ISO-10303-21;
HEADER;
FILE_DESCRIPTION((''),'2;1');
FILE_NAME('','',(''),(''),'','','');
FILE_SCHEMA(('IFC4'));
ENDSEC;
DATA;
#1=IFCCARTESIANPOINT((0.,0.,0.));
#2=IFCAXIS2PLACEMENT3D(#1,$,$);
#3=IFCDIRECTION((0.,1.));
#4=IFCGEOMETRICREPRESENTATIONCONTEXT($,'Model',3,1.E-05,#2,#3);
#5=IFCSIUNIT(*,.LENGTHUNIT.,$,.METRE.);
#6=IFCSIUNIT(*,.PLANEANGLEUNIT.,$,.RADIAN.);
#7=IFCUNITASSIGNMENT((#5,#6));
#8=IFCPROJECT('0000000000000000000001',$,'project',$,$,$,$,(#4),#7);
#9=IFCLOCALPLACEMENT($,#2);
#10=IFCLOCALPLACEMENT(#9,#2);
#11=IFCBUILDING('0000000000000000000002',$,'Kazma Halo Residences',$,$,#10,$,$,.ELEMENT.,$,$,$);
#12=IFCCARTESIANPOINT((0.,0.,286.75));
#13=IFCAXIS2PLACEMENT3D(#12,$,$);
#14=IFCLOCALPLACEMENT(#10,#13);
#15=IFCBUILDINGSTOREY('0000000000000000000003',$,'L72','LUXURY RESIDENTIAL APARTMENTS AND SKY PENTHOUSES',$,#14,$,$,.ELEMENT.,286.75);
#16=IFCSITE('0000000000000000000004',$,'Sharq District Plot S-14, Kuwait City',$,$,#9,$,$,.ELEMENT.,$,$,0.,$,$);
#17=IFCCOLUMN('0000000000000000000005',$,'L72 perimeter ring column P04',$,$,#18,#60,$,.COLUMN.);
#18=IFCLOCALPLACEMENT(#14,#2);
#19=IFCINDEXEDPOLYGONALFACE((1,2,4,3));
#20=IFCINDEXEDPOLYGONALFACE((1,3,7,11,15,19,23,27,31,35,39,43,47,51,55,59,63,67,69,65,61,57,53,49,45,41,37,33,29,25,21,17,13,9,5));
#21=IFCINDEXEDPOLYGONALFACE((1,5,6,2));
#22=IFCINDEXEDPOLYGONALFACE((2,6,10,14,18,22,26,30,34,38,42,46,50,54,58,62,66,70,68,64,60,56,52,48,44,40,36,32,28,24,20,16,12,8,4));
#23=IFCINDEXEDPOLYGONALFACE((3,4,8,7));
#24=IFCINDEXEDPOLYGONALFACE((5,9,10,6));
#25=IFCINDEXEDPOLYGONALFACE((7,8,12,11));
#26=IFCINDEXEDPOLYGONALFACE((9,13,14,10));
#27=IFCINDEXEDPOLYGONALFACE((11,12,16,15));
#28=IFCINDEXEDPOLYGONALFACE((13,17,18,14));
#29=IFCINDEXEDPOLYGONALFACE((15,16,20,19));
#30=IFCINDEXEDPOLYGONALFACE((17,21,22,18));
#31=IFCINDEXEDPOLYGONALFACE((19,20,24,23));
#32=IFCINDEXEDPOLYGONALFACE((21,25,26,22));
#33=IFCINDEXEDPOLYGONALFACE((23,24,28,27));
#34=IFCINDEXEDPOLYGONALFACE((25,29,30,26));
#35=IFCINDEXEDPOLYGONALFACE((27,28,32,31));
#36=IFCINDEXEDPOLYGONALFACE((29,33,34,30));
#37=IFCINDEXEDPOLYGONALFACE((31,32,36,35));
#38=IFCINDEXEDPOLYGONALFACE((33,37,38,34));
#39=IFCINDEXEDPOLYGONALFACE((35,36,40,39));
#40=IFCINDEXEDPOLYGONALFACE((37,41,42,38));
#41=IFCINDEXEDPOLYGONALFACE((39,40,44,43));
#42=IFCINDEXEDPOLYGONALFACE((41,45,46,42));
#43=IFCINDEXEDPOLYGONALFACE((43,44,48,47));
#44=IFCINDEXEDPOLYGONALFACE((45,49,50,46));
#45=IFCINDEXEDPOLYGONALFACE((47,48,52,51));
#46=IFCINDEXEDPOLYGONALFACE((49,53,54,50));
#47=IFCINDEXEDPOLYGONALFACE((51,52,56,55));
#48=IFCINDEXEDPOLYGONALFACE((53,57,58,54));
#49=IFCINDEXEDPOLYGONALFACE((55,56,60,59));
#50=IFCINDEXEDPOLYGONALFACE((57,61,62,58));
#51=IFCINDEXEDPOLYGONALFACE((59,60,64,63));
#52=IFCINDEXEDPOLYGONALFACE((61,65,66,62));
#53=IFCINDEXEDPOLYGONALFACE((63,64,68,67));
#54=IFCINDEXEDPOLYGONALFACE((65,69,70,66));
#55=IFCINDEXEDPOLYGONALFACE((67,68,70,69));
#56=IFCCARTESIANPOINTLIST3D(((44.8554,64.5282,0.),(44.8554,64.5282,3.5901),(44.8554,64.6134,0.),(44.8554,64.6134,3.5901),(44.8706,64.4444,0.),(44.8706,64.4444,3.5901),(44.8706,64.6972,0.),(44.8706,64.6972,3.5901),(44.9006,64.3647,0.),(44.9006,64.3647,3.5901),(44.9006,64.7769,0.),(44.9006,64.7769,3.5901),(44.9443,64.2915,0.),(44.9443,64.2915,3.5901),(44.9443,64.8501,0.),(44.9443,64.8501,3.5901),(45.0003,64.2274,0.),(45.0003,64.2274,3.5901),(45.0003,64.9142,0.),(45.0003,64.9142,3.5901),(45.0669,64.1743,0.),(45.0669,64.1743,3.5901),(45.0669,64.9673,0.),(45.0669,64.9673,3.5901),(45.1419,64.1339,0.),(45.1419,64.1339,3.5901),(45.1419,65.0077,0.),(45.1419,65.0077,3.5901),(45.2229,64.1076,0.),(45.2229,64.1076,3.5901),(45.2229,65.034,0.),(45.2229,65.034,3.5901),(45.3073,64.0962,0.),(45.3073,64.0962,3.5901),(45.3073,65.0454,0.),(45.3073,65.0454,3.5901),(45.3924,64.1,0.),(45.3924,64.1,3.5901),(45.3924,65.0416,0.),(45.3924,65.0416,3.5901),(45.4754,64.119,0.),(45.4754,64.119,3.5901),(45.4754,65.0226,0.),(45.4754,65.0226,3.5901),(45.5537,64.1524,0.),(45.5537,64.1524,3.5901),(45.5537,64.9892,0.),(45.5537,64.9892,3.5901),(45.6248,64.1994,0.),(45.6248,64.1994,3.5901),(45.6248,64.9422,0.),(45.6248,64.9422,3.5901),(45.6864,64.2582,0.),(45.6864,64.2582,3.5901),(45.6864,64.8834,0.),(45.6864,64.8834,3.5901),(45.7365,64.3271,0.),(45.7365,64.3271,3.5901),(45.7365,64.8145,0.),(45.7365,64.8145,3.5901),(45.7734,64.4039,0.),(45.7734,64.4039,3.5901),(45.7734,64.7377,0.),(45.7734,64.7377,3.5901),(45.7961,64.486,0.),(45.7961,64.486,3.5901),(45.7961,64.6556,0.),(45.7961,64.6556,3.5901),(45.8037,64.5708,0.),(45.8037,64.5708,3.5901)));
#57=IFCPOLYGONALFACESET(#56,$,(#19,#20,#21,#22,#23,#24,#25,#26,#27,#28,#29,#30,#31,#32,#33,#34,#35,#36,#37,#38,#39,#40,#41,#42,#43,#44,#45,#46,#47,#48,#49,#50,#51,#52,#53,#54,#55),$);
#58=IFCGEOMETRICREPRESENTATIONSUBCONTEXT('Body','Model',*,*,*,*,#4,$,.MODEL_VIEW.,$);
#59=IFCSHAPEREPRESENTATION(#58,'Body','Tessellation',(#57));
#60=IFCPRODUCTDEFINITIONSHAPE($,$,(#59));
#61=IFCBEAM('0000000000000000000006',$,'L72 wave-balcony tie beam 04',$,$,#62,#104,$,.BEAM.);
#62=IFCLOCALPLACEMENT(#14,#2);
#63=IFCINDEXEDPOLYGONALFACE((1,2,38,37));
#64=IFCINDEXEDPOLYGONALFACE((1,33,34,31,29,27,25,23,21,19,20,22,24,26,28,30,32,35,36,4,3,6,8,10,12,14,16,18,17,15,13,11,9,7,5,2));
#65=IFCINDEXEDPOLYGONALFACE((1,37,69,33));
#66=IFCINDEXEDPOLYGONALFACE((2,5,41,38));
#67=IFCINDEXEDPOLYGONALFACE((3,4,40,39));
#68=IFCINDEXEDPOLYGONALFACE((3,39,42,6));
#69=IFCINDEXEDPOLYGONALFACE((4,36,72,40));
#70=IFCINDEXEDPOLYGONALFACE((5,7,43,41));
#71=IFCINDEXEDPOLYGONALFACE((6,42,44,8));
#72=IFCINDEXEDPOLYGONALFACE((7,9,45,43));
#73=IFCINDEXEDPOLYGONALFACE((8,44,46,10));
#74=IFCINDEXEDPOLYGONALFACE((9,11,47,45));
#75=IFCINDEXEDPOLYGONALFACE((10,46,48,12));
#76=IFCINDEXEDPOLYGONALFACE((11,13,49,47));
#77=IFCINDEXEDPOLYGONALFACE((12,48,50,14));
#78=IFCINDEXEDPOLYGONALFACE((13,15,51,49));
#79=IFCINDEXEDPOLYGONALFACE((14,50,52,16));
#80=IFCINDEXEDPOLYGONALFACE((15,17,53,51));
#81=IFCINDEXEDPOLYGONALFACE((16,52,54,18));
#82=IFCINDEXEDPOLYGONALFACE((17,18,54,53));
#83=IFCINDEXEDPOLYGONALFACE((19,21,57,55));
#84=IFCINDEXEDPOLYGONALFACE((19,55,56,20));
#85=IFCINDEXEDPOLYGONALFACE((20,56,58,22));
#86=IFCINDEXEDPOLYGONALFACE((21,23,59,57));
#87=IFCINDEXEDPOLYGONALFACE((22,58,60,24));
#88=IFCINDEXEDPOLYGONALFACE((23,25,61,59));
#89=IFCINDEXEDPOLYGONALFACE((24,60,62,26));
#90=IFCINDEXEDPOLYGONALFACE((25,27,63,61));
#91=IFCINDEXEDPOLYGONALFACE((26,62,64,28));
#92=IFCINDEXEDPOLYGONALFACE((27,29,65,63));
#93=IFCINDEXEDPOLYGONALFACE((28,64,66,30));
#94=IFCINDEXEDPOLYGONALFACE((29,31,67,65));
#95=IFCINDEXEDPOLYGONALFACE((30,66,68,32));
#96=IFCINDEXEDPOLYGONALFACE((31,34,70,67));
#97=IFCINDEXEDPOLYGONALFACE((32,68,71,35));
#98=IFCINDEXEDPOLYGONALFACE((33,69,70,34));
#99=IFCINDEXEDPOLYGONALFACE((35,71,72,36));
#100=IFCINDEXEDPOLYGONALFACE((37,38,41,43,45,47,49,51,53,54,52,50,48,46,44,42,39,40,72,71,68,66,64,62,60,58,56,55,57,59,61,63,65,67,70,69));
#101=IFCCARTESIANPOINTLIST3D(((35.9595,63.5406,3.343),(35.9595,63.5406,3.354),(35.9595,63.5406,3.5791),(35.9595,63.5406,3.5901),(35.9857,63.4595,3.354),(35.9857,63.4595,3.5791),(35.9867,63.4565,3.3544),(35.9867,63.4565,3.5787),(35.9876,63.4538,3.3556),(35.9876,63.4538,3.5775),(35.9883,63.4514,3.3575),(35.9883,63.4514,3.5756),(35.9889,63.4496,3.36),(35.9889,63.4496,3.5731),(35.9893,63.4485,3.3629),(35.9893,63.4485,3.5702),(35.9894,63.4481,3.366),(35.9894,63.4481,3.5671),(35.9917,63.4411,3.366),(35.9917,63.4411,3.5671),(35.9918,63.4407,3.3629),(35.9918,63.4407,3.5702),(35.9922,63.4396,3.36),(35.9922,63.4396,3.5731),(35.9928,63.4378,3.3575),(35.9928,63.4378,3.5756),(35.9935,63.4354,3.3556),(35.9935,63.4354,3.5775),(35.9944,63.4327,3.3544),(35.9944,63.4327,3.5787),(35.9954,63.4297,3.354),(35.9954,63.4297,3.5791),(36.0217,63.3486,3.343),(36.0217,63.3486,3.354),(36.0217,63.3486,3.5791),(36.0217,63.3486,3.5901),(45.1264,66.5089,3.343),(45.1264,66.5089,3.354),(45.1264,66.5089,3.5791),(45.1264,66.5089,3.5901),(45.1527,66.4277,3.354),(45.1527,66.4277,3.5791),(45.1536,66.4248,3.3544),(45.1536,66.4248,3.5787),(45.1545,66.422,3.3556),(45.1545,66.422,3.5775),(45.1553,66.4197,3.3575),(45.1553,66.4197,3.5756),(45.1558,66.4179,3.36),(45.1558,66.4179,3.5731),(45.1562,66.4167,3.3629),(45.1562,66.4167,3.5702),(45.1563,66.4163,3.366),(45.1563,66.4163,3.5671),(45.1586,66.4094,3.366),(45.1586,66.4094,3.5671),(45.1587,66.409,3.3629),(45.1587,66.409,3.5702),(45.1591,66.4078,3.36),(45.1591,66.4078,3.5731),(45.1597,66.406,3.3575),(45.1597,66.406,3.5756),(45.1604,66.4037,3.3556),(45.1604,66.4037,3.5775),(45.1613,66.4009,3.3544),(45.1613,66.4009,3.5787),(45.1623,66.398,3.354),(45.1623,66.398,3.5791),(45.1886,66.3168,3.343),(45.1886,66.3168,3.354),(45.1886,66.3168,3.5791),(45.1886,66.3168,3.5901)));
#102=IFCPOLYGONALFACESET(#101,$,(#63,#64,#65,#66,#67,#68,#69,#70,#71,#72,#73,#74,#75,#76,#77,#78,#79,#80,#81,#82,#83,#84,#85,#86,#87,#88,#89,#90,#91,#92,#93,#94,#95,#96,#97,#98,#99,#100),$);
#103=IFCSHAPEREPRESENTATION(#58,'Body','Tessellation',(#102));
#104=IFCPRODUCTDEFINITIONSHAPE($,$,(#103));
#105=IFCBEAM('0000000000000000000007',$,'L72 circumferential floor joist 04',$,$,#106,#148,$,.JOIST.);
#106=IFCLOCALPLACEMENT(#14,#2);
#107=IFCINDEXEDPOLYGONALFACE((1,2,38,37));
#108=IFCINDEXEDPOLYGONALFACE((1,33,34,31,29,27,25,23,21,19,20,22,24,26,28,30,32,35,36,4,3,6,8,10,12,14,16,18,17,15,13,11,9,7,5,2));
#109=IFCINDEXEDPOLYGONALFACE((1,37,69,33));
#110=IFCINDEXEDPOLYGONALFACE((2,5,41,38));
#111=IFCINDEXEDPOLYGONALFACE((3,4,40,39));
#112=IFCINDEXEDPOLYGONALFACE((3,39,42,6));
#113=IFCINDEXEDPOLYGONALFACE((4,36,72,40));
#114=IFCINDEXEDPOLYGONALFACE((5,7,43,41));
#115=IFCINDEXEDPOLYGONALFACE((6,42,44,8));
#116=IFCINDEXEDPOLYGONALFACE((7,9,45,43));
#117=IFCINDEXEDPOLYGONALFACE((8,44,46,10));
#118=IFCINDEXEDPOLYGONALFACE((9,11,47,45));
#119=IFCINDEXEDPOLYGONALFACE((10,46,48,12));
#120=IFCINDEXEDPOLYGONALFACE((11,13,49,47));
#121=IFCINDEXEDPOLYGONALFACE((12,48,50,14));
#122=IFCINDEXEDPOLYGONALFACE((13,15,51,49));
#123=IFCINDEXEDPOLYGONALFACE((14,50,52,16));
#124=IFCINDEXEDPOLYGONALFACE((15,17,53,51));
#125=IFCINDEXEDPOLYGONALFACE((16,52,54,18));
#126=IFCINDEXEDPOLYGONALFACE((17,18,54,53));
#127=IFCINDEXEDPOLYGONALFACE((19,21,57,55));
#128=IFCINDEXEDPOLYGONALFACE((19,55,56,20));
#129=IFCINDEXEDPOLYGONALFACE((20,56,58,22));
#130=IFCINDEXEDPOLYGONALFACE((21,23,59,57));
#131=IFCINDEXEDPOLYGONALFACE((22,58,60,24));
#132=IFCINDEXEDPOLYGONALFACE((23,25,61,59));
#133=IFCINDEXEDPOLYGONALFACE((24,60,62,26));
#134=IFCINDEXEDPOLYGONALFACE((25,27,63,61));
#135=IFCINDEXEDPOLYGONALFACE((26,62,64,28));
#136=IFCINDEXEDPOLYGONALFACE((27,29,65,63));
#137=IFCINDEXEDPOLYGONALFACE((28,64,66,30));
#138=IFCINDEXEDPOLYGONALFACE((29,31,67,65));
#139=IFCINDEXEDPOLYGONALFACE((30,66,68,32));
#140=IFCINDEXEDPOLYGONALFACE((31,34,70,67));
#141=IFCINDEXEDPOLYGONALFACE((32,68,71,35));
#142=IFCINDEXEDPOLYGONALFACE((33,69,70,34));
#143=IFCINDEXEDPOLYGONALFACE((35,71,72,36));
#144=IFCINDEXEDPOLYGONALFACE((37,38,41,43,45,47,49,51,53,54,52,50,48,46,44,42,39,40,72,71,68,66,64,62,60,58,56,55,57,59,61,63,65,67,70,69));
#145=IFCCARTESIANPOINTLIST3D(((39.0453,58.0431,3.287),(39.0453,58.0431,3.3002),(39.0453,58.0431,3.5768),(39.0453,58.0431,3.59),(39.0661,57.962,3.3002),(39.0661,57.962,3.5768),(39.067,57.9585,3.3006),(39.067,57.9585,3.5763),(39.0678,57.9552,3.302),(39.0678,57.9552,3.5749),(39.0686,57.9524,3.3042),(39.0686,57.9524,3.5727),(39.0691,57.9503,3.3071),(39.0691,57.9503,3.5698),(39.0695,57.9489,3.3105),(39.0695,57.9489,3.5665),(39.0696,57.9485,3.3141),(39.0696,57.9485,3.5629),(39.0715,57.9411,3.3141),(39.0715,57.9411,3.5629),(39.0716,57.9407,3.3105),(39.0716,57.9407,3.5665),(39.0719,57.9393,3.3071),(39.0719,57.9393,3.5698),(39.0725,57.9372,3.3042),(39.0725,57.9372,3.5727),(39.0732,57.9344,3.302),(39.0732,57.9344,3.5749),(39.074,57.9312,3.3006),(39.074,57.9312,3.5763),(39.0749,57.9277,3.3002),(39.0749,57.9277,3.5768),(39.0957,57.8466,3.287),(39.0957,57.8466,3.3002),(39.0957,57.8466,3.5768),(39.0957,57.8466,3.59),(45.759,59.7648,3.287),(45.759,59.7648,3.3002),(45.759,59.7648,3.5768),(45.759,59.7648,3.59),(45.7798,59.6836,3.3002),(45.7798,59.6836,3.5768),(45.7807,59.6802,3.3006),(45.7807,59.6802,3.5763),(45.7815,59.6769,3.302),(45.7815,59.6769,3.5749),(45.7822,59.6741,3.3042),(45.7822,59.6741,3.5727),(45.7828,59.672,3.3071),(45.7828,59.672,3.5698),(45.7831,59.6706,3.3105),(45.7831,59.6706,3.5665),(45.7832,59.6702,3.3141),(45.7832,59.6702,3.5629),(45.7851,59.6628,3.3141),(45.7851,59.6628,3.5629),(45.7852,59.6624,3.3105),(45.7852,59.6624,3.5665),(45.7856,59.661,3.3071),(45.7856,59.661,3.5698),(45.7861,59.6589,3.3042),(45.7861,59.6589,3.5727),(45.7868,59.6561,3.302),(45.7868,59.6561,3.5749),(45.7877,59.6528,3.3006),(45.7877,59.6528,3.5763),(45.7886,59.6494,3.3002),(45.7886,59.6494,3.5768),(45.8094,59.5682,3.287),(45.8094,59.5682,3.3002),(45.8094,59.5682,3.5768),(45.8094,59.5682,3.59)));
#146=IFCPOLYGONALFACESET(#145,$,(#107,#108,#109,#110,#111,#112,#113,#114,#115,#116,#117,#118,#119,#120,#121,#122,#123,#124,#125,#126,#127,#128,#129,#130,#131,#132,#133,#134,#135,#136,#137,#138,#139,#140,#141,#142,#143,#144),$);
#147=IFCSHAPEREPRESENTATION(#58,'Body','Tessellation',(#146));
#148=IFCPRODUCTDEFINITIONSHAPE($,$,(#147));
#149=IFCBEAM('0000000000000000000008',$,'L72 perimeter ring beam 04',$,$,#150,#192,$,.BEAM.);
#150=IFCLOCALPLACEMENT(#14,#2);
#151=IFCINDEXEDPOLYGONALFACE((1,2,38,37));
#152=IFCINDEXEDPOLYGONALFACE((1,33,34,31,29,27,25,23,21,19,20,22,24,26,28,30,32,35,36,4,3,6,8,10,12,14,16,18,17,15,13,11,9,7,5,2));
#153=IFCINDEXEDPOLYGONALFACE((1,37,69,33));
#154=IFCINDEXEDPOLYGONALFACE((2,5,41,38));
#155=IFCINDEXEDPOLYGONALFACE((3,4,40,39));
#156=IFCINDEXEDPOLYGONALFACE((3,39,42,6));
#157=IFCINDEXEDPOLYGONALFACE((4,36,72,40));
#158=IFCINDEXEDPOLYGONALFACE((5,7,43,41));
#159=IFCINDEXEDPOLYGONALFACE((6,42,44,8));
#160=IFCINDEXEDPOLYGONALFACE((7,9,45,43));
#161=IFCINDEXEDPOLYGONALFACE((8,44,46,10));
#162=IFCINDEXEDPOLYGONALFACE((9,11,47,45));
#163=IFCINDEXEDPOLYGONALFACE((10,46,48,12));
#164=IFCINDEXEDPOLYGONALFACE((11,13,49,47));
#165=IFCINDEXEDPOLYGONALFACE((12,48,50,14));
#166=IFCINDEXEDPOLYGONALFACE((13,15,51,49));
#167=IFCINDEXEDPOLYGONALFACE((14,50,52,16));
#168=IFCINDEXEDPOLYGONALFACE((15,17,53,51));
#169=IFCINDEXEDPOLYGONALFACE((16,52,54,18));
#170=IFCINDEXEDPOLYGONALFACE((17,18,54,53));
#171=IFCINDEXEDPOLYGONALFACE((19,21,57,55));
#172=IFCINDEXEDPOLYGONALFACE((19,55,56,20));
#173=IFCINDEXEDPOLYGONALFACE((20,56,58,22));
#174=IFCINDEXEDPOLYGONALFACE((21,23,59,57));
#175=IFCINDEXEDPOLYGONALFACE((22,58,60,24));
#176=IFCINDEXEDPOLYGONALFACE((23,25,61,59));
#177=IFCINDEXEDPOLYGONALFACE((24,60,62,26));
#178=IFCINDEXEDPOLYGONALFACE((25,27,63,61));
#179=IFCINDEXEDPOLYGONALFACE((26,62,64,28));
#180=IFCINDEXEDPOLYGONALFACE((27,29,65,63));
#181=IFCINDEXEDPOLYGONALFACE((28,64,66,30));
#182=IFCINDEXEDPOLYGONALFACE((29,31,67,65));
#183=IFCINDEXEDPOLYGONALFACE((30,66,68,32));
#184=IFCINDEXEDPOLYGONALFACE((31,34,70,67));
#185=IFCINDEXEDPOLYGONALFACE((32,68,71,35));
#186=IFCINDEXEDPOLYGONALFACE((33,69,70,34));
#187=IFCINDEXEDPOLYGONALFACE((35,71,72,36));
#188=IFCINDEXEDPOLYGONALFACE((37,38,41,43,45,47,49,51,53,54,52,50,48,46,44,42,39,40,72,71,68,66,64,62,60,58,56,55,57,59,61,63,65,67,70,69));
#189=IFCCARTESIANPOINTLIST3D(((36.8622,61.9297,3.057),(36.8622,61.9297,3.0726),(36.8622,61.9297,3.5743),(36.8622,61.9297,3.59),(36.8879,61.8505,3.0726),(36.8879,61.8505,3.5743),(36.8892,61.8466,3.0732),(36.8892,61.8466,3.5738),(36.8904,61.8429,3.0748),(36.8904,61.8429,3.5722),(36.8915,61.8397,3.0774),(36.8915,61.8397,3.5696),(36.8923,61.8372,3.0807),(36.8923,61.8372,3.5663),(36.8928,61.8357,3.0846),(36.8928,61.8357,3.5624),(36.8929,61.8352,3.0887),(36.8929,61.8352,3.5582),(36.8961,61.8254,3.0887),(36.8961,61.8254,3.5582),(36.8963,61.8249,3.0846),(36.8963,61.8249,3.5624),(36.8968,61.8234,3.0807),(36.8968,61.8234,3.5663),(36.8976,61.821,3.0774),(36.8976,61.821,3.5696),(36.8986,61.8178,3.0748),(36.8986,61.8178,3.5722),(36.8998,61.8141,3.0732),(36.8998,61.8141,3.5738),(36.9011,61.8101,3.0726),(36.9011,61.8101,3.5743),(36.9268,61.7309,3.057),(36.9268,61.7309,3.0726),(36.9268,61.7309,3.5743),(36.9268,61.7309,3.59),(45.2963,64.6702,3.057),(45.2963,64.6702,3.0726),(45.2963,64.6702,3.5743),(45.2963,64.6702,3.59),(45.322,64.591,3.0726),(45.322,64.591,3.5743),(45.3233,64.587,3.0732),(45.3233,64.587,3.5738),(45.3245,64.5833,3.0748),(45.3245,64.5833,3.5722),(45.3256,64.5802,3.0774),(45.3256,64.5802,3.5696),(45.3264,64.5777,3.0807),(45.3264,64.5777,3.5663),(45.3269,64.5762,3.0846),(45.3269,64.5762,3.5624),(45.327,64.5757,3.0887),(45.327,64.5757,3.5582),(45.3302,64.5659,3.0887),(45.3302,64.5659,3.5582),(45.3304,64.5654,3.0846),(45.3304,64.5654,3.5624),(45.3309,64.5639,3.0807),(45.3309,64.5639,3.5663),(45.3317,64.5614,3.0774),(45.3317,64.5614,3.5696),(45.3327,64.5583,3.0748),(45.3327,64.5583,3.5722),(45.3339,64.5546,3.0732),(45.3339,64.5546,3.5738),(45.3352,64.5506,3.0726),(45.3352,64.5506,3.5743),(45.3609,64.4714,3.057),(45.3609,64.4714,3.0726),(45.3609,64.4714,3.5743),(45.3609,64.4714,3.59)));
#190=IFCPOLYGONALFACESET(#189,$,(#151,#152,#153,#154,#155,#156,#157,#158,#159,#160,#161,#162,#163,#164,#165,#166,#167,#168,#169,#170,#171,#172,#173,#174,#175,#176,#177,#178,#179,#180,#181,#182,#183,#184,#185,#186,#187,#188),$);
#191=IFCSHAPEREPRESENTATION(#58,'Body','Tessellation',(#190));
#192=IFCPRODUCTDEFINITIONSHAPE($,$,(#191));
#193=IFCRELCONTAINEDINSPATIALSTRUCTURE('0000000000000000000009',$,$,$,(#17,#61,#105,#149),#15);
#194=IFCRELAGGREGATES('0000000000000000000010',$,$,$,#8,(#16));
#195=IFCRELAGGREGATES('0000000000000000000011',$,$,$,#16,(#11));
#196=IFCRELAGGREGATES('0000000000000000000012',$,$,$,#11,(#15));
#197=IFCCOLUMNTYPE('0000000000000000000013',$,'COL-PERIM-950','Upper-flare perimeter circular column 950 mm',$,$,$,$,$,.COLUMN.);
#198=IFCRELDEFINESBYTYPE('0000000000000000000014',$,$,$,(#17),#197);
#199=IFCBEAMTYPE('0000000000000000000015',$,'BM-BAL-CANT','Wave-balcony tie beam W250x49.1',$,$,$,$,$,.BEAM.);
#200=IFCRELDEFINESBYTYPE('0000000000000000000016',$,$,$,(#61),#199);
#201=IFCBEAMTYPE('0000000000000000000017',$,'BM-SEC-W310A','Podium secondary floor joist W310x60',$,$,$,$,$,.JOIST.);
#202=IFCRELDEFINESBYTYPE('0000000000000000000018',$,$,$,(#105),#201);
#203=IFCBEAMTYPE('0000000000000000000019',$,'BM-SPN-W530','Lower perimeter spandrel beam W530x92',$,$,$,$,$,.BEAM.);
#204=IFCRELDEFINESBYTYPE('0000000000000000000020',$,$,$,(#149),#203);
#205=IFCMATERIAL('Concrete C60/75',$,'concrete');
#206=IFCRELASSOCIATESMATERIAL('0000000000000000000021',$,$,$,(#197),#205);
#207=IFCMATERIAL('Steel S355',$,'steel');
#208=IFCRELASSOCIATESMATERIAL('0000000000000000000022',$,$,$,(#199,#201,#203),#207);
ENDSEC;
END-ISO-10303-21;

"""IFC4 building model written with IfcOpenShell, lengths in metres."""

from ifc_helpers import new_model, si_unit, direction, frame, origin, origin_2d, place, context, subcontext, project, spatial, circle, i_section, extrude, material, material_profile, profile_set, type_object, element, save


model = new_model("IFC4")

# Units and contexts
model_context = context("Model", 3, precision=1e-05, world=origin(), true_north=direction((0.0, 1.0)))
body_context = subcontext(model_context, "Body", "Model", "MODEL_VIEW")
ifc_project = project(units=[si_unit("LENGTHUNIT", "METRE"), si_unit("PLANEANGLEUNIT", "RADIAN")], contexts=[model_context])

# Site, building, storey
site_placement = place(None, origin())
site = spatial("IfcSite", under=ifc_project, at=site_placement, Name="Sharq District Plot S-14, Kuwait City", CompositionType="ELEMENT", RefElevation=0.0)
building_placement = place(site_placement, origin())
building = spatial("IfcBuilding", under=site, at=building_placement, Name="Kazma Halo Residences", CompositionType="ELEMENT")
storey_placement = place(building_placement, frame((0.0, 0.0, 286.75)))
storey = spatial("IfcBuildingStorey", under=building, at=storey_placement, Name="L72", Description="LUXURY RESIDENTIAL APARTMENTS AND SKY PENTHOUSES", CompositionType="ELEMENT", Elevation=286.75)

# Column
ifc_material_1 = material(Name="Concrete C60/75", Category="concrete")
ifc_material_profile_1 = material_profile(ifc_material_1, circle(Radius=0.4751, at=origin_2d()), Name="CIRC950")
ifc_profile_set_1 = profile_set([ifc_material_profile_1], Name="Concrete C60/75")
column_type = type_object("IfcColumnType", Name="COL-PERIM-950", Description="Upper-flare perimeter circular column 950 mm", PredefinedType="COLUMN", material=ifc_profile_set_1)
column_placement = place(storey_placement, frame((45.3286, 64.5708, 0.0), z_axis=(0.0, 0.0, 1.0), x_axis=(1.0, 0.0, 0.0)))
element("IfcColumn", 1, at=column_placement, inside=storey, type_object=column_type, Name="L72 perimeter ring column P04", PredefinedType="COLUMN", context=body_context, shape_type="SweptSolid", body=[
    extrude(circle(Radius=0.4751, at=origin_2d()), origin(), (0.0, 0.0, 1.0), 3.5901),
])

# Beams
ifc_material_2 = material(Name="Steel S355", Category="steel")
ifc_material_profile_2 = material_profile(ifc_material_2, i_section(OverallWidth=0.2019, OverallDepth=0.2471, WebThickness=0.0073, FlangeThickness=0.011, FilletRadius=0.012, at=origin_2d()), Name="W250x49.1")
ifc_profile_set_2 = profile_set([ifc_material_profile_2], Name="Steel S355")
beam_type_1 = type_object("IfcBeamType", Name="BM-BAL-CANT", Description="Wave-balcony tie beam W250x49.1", PredefinedType="BEAM", material=ifc_profile_set_2)
beam_1_placement = place(storey_placement, frame((45.1575, 66.4128, 3.4666), z_axis=(-0.951369, -0.308052, 0.0), x_axis=(0.308052, -0.951369, 0.0)))
element("IfcBeam", 2, at=beam_1_placement, inside=storey, type_object=beam_type_1, Name="L72 wave-balcony tie beam 04", PredefinedType="BEAM", context=body_context, shape_type="SweptSolid", body=[
    extrude(i_section(OverallWidth=0.2019, OverallDepth=0.2471, WebThickness=0.0073, FlangeThickness=0.011, FilletRadius=0.012, at=origin_2d()), origin(), (0.0, 0.0, 1.0), 9.6355),
])
ifc_material_profile_3 = material_profile(ifc_material_2, i_section(OverallWidth=0.2029, OverallDepth=0.303, WebThickness=0.0076, FlangeThickness=0.0132, FilletRadius=0.0139, at=origin_2d()), Name="W310x60")
ifc_profile_set_3 = profile_set([ifc_material_profile_3], Name="Steel S355")
beam_type_2 = type_object("IfcBeamType", Name="BM-SEC-W310A", Description="Podium secondary floor joist W310x60", PredefinedType="JOIST", material=ifc_profile_set_3)
beam_2_placement = place(storey_placement, frame((45.7842, 59.6665, 3.4385), z_axis=(-0.968656, -0.248408, 0.0), x_axis=(0.248408, -0.968656, 0.0)))
element("IfcBeam", 3, at=beam_2_placement, inside=storey, type_object=beam_type_2, Name="L72 circumferential floor joist 04", PredefinedType="JOIST", context=body_context, shape_type="SweptSolid", body=[
    extrude(i_section(OverallWidth=0.2029, OverallDepth=0.303, WebThickness=0.0076, FlangeThickness=0.0132, FilletRadius=0.0139, at=origin_2d()), origin(), (0.0, 0.0, 1.0), 6.9309),
])
ifc_material_profile_4 = material_profile(ifc_material_2, i_section(OverallWidth=0.209, OverallDepth=0.533, WebThickness=0.0103, FlangeThickness=0.0156, FilletRadius=0.0161, at=origin_2d()), Name="W530x92")
ifc_profile_set_4 = profile_set([ifc_material_profile_4], Name="Steel S355")
beam_type_3 = type_object("IfcBeamType", Name="BM-SPN-W530", Description="Lower perimeter spandrel beam W530x92", PredefinedType="BEAM", material=ifc_profile_set_4)
beam_3_placement = place(storey_placement, frame((45.3286, 64.5708, 3.3235), z_axis=(-0.951054, -0.309025, 0.0), x_axis=(0.309025, -0.951054, 0.0)))
element("IfcBeam", 4, at=beam_3_placement, inside=storey, type_object=beam_type_3, Name="L72 perimeter ring beam 04", PredefinedType="BEAM", context=body_context, shape_type="SweptSolid", body=[
    extrude(i_section(OverallWidth=0.209, OverallDepth=0.533, WebThickness=0.0103, FlangeThickness=0.0156, FilletRadius=0.0161, at=origin_2d()), origin(), (0.0, 0.0, 1.0), 8.8682),
])

save(model, "model.ifc")
